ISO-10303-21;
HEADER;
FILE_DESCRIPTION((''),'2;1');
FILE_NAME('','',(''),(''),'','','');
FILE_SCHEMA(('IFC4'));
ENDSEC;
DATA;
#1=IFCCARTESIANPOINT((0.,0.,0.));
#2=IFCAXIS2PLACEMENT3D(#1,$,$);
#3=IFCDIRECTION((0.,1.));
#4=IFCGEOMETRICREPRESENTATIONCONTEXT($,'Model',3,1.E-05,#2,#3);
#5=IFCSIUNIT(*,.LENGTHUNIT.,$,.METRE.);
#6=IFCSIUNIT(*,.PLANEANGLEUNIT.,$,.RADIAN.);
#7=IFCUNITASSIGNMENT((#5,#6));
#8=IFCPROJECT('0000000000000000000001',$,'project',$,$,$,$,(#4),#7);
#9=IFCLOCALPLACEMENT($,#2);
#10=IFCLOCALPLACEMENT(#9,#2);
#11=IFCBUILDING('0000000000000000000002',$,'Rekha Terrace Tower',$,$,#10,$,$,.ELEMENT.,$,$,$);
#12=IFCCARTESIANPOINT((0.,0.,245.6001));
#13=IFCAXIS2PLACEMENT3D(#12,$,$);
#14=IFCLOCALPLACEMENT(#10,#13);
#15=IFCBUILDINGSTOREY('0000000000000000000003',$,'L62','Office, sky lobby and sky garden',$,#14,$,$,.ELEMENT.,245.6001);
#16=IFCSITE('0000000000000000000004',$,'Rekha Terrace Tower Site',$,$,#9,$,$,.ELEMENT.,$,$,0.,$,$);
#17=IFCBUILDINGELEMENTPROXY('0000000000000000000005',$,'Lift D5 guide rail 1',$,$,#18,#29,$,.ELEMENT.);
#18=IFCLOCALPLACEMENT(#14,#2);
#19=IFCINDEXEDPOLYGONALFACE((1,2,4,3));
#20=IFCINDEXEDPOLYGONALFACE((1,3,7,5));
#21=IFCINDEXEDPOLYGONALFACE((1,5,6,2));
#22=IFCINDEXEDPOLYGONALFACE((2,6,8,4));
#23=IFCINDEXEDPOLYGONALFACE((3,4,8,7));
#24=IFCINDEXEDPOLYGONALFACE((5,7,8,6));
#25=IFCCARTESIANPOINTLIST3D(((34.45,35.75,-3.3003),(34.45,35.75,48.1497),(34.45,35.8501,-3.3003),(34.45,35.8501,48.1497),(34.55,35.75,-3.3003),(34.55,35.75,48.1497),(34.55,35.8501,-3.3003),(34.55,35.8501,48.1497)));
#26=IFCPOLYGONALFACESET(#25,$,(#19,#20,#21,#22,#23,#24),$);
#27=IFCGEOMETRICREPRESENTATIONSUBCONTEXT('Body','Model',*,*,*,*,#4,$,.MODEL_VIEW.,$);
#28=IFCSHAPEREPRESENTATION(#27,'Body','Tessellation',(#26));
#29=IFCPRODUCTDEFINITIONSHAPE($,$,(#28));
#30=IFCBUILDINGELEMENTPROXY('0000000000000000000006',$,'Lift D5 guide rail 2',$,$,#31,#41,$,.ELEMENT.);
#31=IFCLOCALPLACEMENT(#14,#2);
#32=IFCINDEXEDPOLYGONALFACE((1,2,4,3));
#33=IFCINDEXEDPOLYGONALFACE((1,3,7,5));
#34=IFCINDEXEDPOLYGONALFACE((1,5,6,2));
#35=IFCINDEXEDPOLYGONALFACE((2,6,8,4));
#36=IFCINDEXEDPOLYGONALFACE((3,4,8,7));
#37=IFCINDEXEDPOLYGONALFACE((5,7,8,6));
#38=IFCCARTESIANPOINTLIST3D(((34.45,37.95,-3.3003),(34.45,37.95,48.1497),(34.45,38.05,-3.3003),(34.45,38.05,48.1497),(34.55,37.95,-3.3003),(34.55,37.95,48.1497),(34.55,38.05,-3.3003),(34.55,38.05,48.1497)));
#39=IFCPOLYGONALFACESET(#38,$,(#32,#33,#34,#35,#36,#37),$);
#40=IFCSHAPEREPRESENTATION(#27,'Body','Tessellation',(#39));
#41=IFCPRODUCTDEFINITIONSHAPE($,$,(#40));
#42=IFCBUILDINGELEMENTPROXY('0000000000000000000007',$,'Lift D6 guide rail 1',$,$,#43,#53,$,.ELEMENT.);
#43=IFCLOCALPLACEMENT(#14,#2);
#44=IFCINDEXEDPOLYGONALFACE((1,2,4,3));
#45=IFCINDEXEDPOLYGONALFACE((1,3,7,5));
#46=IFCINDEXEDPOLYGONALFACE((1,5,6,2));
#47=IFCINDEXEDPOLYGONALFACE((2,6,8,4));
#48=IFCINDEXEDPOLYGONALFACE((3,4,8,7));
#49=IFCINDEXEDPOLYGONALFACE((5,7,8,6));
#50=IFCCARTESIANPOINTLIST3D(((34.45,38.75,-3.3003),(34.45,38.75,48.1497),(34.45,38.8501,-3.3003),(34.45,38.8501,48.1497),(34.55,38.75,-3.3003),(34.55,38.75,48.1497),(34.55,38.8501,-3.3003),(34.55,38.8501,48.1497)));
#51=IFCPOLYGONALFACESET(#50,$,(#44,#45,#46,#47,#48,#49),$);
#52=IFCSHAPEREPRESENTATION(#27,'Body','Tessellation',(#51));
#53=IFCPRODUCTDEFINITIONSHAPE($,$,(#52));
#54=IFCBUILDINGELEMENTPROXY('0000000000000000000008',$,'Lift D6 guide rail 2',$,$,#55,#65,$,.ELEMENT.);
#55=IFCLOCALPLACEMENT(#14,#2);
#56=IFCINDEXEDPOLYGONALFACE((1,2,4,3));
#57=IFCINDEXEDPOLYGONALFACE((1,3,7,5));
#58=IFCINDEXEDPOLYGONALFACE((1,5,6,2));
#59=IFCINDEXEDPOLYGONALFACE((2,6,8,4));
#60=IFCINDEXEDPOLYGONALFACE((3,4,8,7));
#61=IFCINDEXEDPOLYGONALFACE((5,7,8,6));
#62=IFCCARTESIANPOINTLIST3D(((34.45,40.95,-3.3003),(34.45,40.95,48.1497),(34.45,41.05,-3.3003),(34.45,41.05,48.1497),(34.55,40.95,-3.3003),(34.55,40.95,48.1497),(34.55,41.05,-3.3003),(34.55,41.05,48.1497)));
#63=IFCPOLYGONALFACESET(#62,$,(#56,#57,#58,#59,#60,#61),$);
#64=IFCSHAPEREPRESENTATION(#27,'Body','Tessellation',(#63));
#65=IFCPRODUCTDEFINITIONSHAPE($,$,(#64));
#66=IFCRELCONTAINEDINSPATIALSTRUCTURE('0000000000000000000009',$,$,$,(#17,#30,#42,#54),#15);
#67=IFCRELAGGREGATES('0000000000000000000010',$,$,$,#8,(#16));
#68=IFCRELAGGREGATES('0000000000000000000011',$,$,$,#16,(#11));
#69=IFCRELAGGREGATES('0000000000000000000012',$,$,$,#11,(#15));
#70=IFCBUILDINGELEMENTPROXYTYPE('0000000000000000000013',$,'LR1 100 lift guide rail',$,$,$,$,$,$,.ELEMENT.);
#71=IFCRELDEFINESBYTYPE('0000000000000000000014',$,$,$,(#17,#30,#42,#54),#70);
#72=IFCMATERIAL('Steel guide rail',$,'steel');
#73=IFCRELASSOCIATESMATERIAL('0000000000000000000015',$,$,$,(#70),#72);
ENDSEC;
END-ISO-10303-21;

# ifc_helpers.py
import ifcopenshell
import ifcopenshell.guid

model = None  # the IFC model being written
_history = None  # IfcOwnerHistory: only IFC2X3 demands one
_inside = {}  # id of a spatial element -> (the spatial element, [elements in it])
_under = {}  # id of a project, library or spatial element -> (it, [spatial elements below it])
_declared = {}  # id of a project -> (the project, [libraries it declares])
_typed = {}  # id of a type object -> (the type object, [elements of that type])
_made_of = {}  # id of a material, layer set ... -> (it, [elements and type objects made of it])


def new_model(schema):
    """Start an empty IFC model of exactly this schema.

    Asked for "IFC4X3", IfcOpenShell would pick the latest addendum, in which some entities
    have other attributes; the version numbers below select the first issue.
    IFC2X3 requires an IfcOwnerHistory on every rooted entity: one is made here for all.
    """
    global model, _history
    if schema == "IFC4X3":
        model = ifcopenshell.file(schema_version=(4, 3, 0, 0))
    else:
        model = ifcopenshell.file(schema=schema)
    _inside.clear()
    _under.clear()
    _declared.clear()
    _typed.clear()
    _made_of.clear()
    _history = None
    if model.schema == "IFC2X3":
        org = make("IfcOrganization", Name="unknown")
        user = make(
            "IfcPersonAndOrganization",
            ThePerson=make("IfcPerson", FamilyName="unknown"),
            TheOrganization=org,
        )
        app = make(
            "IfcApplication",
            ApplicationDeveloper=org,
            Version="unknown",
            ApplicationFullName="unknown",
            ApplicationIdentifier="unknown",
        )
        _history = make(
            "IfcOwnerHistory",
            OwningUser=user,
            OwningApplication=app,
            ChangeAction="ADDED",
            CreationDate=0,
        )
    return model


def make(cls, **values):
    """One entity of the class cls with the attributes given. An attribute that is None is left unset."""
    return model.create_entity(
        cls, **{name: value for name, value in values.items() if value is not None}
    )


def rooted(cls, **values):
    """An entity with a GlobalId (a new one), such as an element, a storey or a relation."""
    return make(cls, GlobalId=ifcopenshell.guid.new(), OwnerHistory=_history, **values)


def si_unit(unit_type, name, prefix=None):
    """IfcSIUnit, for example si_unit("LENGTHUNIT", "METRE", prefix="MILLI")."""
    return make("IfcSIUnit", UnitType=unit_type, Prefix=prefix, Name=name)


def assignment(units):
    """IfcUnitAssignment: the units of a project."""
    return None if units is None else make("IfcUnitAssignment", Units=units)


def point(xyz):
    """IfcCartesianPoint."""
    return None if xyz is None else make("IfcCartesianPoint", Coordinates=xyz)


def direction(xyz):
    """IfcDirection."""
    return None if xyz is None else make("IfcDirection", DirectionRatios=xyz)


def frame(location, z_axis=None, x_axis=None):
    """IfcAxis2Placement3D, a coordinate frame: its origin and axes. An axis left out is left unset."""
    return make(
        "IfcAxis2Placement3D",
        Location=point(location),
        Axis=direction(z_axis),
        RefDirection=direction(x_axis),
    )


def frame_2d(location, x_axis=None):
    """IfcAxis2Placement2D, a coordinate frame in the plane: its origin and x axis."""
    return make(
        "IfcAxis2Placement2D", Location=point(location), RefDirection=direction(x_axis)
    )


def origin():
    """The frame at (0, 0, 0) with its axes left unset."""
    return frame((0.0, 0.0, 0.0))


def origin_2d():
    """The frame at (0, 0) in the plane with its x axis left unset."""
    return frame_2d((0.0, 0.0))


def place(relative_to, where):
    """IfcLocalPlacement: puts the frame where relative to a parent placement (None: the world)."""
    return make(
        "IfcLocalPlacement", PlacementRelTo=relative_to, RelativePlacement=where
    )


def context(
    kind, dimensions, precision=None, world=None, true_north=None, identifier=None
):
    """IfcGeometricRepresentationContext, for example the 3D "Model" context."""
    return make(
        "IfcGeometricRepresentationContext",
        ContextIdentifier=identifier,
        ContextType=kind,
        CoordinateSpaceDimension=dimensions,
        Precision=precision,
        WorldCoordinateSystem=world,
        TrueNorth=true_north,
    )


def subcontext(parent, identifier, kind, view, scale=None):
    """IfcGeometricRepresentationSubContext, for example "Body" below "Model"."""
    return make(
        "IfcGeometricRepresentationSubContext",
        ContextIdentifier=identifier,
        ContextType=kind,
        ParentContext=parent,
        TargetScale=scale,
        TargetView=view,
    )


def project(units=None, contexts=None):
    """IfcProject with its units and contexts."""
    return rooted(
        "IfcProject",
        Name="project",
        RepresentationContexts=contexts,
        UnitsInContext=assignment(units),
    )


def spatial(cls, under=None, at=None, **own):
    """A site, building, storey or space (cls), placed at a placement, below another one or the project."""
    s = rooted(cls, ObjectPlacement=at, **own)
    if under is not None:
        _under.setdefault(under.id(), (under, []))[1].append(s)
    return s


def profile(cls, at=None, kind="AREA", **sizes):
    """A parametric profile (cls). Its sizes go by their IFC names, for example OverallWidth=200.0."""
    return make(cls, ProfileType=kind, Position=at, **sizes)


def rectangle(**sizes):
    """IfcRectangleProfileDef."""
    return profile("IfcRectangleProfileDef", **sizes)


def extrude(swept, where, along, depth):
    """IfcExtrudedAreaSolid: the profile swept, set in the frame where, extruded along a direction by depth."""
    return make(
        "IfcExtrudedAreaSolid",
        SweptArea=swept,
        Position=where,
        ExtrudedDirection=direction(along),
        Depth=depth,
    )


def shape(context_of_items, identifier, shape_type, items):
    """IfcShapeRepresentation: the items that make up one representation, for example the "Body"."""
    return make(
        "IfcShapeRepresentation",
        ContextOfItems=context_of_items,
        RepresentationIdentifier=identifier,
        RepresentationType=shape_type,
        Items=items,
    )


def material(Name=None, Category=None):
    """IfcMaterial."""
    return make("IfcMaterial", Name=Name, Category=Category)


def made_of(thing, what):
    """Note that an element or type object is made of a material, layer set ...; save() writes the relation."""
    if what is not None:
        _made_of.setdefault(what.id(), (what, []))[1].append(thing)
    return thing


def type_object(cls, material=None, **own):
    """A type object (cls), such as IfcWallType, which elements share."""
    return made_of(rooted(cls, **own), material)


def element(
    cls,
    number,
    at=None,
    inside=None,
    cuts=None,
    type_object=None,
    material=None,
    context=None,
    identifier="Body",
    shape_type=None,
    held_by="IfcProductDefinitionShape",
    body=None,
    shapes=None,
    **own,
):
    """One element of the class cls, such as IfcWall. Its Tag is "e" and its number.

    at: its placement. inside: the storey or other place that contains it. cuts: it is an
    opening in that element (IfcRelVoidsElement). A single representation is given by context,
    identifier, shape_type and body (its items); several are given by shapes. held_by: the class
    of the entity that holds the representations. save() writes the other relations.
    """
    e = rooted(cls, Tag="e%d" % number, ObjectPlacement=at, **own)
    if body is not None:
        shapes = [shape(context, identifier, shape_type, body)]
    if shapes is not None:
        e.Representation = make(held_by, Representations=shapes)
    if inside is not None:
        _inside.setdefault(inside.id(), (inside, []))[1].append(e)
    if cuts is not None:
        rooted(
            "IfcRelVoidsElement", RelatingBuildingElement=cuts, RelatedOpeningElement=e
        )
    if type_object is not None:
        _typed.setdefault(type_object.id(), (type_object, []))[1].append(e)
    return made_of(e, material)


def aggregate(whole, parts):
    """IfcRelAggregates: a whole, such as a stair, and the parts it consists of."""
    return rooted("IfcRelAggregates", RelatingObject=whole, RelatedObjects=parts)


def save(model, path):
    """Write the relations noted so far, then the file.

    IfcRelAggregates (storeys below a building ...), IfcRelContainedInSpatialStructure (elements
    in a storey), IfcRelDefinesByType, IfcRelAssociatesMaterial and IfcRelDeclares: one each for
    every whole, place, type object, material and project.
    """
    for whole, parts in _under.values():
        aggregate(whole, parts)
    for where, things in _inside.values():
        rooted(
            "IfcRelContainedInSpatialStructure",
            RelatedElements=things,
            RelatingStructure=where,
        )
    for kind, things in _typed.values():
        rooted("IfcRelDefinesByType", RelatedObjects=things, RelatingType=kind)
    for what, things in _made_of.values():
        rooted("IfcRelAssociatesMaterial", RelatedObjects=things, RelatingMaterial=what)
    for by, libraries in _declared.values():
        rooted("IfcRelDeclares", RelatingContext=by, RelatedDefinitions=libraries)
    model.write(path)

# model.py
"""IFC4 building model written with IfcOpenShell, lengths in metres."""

from ifc_helpers import new_model, si_unit, direction, frame, origin, origin_2d, place, context, subcontext, project, spatial, rectangle, extrude, material, type_object, element, save


model = new_model("IFC4")

# Units and contexts
model_context = context("Model", 3, precision=1e-05, world=origin(), true_north=direction((0.0, 1.0)))
body_context = subcontext(model_context, "Body", "Model", "MODEL_VIEW")
ifc_project = project(units=[si_unit("LENGTHUNIT", "METRE"), si_unit("PLANEANGLEUNIT", "RADIAN")], contexts=[model_context])

# Site, building, storey
site_placement = place(None, origin())
site = spatial("IfcSite", under=ifc_project, at=site_placement, Name="Rekha Terrace Tower Site", CompositionType="ELEMENT", RefElevation=0.0)
building_placement = place(site_placement, origin())
building = spatial("IfcBuilding", under=site, at=building_placement, Name="Rekha Terrace Tower", CompositionType="ELEMENT")
storey_placement = place(building_placement, frame((0.0, 0.0, 245.6001)))
storey = spatial("IfcBuildingStorey", under=building, at=storey_placement, Name="L62", Description="Office, sky lobby and sky garden", CompositionType="ELEMENT", Elevation=245.6001)

# Building element proxies
ifc_material_1 = material(Name="Steel guide rail", Category="steel")
building_element_proxy_type = type_object("IfcBuildingElementProxyType", Name="LR1 100 lift guide rail", PredefinedType="ELEMENT", material=ifc_material_1)
for number, where, z_axis, x_axis, name in (
    (1, (34.5, 35.8, -3.3003), (0.0, 0.0, 1.0), (1.0, 0.0, 0.0), "Lift D5 guide rail 1"),
    (2, (34.5, 38.0, -3.3003), (0.0, 0.0, 1.0), (1.0, 0.0, 0.0), "Lift D5 guide rail 2"),
    (3, (34.5, 38.8, -3.3003), (0.0, 0.0, 1.0), (1.0, 0.0, 0.0), "Lift D6 guide rail 1"),
    (4, (34.5, 41.0, -3.3003), (0.0, 0.0, 1.0), (1.0, 0.0, 0.0), "Lift D6 guide rail 2"),
):
    element("IfcBuildingElementProxy", number, at=place(storey_placement, frame(where, z_axis=z_axis, x_axis=x_axis)), inside=storey, type_object=building_element_proxy_type, Name=name, PredefinedType="ELEMENT", context=body_context, shape_type="SweptSolid", body=[
        extrude(rectangle(XDim=0.1001, YDim=0.1001, at=origin_2d()), origin(), (0.0, 0.0, 1.0), 51.45),
    ])

save(model, "model.ifc")
